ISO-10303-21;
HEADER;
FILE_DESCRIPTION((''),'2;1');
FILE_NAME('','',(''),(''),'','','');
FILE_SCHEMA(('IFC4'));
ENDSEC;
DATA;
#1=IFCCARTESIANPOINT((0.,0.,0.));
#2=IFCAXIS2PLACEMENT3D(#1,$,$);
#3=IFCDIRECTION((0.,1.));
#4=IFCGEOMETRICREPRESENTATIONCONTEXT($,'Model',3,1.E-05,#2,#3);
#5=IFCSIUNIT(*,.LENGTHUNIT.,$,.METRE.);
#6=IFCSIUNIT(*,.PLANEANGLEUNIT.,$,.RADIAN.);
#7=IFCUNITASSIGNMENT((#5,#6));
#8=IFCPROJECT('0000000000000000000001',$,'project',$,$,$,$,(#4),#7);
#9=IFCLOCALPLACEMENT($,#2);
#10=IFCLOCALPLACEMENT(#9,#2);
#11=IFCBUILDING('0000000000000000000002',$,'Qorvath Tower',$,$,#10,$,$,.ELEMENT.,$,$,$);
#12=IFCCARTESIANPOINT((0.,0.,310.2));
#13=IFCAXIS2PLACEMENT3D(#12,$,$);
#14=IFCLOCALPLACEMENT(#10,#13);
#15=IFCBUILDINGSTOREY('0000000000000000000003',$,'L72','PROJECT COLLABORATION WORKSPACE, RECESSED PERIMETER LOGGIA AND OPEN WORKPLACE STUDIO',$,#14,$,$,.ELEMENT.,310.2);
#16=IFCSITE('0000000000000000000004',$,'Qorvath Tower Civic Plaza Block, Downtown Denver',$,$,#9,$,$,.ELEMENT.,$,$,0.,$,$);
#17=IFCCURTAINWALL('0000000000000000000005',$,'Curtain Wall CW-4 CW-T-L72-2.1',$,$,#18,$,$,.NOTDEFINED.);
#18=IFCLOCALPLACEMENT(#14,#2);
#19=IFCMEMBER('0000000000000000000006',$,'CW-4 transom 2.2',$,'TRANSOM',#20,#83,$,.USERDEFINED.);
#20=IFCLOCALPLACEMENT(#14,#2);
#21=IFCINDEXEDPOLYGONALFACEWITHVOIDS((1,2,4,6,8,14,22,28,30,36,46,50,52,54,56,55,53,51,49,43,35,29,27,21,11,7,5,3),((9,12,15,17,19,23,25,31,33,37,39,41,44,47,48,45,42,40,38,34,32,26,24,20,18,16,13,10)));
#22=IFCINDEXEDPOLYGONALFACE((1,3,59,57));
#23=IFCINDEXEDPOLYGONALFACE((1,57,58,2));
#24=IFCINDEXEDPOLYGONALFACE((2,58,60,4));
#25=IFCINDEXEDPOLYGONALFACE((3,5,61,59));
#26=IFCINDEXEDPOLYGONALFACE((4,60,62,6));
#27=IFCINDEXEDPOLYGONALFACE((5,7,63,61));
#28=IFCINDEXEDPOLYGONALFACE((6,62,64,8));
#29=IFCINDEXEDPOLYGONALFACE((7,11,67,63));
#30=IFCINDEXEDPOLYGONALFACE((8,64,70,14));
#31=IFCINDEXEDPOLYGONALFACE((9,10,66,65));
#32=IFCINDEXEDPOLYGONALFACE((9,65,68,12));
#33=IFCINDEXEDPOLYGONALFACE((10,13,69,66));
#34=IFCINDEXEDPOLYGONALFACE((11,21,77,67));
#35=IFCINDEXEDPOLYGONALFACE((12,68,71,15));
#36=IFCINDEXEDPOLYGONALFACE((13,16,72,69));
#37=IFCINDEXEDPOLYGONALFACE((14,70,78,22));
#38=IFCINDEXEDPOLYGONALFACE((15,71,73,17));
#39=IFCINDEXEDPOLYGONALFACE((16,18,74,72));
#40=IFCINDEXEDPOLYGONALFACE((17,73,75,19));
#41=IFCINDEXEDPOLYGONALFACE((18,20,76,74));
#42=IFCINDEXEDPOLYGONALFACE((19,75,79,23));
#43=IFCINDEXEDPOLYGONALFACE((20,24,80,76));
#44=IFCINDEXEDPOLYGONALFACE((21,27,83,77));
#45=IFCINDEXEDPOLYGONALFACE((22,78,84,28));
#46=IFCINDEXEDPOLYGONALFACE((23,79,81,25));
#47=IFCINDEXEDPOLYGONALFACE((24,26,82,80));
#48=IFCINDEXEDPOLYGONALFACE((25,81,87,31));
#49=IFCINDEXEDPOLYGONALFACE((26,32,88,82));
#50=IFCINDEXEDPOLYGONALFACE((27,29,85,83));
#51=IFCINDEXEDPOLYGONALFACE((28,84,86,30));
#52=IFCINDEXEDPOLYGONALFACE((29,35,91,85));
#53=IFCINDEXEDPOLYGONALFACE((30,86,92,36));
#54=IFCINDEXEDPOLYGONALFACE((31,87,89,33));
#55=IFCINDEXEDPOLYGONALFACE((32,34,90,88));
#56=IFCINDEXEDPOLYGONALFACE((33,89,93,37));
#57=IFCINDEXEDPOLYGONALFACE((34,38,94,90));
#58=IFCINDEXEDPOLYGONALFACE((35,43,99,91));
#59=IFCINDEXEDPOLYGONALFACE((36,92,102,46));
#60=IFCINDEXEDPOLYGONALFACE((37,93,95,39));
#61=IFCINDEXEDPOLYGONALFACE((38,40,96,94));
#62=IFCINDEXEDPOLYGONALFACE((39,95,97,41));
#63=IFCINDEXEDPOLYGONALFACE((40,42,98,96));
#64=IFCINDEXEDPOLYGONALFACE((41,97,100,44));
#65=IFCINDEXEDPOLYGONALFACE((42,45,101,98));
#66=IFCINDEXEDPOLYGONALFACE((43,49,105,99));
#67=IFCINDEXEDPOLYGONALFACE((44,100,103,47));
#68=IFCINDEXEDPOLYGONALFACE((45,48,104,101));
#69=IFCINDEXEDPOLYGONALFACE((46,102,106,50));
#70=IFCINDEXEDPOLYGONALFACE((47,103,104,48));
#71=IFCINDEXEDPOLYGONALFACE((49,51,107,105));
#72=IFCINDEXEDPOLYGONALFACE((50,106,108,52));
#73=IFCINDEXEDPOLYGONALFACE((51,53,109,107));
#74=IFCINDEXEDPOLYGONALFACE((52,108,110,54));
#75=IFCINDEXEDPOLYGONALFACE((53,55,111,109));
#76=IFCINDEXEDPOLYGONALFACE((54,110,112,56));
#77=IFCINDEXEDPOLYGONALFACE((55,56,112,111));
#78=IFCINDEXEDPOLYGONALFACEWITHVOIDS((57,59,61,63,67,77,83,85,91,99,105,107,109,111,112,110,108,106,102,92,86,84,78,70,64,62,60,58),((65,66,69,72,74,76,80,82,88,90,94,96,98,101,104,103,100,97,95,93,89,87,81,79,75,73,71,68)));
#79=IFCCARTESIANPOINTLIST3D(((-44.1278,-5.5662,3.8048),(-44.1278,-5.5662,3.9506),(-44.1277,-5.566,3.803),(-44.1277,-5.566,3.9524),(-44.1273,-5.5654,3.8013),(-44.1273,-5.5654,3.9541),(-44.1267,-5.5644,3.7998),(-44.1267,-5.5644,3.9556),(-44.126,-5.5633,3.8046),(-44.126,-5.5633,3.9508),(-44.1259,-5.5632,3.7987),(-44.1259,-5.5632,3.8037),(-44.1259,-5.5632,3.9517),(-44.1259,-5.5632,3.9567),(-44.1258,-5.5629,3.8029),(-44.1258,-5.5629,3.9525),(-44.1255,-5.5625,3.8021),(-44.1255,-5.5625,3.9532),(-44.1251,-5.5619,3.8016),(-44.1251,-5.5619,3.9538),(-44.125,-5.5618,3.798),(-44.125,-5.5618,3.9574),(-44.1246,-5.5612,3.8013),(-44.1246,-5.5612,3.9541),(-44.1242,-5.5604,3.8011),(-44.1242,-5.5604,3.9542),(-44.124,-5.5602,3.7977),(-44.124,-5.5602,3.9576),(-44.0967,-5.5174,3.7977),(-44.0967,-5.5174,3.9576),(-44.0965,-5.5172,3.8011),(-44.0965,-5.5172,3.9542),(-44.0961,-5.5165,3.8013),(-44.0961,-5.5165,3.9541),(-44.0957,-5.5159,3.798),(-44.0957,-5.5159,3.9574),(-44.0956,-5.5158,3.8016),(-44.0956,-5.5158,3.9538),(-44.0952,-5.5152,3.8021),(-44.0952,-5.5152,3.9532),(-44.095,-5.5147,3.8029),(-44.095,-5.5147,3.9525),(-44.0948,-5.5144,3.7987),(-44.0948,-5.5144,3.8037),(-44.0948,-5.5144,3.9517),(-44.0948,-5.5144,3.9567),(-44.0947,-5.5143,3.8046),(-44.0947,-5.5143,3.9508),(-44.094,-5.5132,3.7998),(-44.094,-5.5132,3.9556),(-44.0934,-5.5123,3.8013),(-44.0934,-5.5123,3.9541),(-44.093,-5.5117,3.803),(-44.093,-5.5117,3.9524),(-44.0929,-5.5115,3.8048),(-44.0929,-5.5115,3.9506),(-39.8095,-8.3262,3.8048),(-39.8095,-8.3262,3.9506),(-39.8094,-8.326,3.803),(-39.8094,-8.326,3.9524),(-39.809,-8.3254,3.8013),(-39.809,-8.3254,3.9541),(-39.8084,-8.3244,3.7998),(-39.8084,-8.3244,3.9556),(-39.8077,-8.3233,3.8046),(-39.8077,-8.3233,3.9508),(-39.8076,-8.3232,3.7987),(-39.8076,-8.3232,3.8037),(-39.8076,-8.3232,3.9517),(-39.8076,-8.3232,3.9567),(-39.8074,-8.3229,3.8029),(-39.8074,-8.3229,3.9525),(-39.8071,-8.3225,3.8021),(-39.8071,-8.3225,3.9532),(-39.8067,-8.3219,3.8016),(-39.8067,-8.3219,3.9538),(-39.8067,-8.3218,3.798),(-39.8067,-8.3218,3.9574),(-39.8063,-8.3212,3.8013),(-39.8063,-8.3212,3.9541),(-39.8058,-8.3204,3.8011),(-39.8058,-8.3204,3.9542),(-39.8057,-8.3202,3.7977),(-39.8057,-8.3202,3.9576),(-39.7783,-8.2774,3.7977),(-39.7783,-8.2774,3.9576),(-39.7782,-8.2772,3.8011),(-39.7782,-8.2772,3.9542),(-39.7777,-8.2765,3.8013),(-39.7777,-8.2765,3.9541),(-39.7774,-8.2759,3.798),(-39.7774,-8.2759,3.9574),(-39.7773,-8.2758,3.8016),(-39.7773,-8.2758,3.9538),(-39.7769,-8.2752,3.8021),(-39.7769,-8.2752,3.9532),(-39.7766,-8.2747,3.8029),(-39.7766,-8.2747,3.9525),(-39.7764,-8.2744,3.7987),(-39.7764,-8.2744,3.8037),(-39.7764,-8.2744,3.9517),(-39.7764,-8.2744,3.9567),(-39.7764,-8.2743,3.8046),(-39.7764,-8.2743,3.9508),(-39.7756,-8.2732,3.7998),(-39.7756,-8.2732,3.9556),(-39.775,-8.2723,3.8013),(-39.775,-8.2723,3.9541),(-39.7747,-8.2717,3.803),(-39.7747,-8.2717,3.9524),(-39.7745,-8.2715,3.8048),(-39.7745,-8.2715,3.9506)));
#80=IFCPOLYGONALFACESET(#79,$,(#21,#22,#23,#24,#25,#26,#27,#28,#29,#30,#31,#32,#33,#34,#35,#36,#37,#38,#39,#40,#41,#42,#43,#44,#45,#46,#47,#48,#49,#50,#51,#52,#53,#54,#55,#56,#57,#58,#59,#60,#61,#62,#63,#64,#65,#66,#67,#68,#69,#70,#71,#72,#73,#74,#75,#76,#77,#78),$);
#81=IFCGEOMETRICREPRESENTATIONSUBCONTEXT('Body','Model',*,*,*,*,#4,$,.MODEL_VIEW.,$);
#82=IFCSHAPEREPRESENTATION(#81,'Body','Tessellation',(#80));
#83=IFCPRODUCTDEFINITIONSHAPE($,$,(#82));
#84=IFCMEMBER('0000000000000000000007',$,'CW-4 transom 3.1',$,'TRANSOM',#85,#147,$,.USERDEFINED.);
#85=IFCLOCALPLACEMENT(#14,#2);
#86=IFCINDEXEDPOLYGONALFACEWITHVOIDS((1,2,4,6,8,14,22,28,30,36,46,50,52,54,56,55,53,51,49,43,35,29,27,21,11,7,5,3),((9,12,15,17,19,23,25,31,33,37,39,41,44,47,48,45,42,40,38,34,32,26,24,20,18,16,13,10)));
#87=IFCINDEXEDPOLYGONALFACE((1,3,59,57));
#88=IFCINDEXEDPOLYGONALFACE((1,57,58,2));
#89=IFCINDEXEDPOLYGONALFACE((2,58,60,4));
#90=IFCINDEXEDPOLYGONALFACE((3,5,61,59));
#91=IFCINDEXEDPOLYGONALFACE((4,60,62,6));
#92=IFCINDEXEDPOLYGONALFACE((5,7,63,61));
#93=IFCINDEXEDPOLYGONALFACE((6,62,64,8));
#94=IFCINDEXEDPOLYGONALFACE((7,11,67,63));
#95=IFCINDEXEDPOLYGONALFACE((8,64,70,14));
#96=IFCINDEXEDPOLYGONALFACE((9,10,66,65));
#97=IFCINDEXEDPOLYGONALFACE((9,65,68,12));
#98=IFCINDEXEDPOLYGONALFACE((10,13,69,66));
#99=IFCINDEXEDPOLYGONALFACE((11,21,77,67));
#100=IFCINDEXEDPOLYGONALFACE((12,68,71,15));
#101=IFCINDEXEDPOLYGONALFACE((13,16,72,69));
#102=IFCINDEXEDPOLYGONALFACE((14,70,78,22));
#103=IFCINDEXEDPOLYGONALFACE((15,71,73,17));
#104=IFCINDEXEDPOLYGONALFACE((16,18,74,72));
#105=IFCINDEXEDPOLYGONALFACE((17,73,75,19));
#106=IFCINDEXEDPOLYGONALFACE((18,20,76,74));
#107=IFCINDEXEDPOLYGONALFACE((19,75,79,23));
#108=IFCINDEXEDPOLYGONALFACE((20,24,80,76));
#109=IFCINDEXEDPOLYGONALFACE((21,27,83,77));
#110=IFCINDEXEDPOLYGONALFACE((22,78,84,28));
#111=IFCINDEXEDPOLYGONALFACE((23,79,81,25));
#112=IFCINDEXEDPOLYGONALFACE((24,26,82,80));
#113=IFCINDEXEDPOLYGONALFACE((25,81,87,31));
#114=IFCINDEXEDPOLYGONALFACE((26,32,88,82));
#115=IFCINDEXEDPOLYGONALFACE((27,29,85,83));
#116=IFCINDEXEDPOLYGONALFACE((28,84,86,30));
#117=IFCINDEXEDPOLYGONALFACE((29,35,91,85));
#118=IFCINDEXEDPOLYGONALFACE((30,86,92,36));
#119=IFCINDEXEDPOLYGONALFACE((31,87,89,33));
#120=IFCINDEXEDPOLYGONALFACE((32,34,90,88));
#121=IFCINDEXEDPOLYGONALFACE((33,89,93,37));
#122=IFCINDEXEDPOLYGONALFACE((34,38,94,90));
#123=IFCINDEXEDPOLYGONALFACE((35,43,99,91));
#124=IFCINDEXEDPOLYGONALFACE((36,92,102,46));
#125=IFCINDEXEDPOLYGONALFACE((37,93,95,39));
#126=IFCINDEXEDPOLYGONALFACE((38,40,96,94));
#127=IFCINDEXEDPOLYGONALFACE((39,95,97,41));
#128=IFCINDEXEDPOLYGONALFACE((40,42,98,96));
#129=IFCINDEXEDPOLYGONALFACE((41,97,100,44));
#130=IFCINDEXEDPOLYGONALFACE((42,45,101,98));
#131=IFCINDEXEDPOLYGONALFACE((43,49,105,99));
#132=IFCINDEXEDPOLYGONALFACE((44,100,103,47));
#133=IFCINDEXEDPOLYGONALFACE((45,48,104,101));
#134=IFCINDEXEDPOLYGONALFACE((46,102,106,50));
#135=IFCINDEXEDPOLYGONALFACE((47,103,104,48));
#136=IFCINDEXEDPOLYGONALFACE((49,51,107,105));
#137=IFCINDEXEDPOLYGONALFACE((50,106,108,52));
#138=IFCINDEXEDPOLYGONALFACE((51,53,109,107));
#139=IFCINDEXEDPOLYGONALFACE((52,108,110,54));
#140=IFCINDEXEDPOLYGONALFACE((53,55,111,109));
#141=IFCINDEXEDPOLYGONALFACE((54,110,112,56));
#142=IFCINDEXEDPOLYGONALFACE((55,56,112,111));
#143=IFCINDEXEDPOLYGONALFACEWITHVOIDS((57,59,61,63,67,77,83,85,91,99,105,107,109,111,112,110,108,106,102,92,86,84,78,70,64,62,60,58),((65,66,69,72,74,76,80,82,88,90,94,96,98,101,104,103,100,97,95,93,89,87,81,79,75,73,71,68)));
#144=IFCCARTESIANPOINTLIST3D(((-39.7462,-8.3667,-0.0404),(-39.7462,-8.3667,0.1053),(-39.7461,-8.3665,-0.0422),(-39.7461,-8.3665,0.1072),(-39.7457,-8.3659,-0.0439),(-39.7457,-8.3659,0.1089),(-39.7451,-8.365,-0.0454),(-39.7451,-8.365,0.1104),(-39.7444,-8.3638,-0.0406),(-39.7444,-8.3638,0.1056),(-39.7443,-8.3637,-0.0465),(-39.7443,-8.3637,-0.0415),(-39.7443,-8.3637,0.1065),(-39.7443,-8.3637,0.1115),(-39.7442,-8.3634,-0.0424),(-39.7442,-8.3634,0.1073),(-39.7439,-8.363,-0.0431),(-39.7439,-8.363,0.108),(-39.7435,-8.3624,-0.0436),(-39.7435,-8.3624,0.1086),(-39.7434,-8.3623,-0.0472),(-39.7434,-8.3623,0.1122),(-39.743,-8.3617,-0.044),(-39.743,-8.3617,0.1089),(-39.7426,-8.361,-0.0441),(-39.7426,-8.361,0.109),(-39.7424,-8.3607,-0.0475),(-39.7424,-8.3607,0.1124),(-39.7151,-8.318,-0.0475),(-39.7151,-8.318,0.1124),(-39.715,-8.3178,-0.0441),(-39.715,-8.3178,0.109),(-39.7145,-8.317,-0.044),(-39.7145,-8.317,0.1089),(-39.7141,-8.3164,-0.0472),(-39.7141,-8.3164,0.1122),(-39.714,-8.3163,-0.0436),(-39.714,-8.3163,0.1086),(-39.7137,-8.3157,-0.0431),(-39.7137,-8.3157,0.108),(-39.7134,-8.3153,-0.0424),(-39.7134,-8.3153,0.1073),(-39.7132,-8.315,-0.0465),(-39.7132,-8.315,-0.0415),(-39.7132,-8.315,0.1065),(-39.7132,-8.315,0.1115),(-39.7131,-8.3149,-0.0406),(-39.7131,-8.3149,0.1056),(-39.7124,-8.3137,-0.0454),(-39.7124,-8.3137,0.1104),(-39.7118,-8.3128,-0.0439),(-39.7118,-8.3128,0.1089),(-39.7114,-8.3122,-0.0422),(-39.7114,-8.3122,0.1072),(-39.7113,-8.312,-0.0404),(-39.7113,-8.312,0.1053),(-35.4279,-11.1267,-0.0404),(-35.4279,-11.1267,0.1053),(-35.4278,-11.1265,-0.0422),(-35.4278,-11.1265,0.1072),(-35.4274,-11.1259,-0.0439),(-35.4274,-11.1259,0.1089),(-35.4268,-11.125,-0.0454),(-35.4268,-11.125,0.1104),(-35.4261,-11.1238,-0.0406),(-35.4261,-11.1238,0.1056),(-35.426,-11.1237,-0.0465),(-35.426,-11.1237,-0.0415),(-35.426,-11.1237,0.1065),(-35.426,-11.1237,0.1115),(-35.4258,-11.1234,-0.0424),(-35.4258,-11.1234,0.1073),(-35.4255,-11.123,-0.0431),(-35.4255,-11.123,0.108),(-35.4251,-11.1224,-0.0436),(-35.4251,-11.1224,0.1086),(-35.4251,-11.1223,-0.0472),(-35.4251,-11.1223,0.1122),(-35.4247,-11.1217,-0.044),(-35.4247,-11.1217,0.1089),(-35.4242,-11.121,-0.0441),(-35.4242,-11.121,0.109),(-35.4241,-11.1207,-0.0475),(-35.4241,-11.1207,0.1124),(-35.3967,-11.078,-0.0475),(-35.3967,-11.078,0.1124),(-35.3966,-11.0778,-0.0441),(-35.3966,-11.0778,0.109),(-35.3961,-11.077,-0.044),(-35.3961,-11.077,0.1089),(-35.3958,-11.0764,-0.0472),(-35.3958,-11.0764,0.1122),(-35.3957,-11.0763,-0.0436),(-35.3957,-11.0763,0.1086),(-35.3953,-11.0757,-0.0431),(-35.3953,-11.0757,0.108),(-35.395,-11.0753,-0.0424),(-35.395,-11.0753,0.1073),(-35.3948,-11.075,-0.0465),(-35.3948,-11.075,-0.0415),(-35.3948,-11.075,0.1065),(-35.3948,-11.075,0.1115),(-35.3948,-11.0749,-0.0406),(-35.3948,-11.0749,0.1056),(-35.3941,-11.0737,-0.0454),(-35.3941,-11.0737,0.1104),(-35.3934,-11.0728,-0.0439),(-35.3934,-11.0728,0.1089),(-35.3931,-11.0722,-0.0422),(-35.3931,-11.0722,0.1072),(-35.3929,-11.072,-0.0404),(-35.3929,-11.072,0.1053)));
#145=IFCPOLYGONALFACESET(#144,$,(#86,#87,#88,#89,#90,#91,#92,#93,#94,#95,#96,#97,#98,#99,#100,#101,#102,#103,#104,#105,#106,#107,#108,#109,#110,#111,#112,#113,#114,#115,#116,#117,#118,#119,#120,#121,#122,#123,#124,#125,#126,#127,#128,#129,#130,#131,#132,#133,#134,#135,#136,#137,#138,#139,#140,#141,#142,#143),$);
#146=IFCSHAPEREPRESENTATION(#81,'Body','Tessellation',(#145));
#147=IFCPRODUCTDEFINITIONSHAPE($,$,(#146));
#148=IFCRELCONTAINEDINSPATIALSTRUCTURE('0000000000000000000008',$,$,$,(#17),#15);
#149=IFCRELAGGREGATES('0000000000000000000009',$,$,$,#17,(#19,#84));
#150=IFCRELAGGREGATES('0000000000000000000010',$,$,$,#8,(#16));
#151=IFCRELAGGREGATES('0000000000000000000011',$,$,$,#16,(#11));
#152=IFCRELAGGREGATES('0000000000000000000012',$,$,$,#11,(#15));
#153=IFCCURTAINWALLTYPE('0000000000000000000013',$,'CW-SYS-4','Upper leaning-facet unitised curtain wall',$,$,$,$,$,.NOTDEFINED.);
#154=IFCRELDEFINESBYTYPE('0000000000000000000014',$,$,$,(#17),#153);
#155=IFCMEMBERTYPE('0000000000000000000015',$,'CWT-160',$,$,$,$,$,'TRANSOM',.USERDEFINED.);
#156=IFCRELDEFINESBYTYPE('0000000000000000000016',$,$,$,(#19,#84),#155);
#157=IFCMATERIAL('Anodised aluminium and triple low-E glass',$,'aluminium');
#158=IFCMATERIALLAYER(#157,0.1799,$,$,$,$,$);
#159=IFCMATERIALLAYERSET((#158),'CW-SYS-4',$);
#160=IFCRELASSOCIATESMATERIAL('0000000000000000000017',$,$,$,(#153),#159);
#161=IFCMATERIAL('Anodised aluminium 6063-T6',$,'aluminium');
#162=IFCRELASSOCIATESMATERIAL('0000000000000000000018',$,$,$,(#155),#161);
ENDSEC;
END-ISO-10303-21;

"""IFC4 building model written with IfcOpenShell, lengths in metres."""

from ifc_helpers import new_model, si_unit, direction, frame, origin, origin_2d, place, context, subcontext, project, spatial, hollow_rectangle, extrude, material, layer, layer_set, material_profile, profile_set, type_object, element, aggregate, save


model = new_model("IFC4")

# Units and contexts
model_context = context("Model", 3, precision=1e-05, world=origin(), true_north=direction((0.0, 1.0)))
body_context = subcontext(model_context, "Body", "Model", "MODEL_VIEW")
ifc_project = project(units=[si_unit("LENGTHUNIT", "METRE"), si_unit("PLANEANGLEUNIT", "RADIAN")], contexts=[model_context])

# Site, building, storey
site_placement = place(None, origin())
site = spatial("IfcSite", under=ifc_project, at=site_placement, Name="Qorvath Tower Civic Plaza Block, Downtown Denver", CompositionType="ELEMENT", RefElevation=0.0)
building_placement = place(site_placement, origin())
building = spatial("IfcBuilding", under=site, at=building_placement, Name="Qorvath Tower", CompositionType="ELEMENT")
storey_placement = place(building_placement, frame((0.0, 0.0, 310.2)))
storey = spatial("IfcBuildingStorey", under=building, at=storey_placement, Name="L72", Description="PROJECT COLLABORATION WORKSPACE, RECESSED PERIMETER LOGGIA AND OPEN WORKPLACE STUDIO", CompositionType="ELEMENT", Elevation=310.2)

# Curtain wall, members
ifc_material_1 = material(Name="Anodised aluminium and triple low-E glass", Category="aluminium")
ifc_layer_1 = layer(ifc_material_1, 0.1799)
ifc_layer_set_1 = layer_set([ifc_layer_1], Name="CW-SYS-4")
curtain_wall_type = type_object("IfcCurtainWallType", Name="CW-SYS-4", Description="Upper leaning-facet unitised curtain wall", PredefinedType="NOTDEFINED", material=ifc_layer_set_1)
curtain_wall_placement = place(storey_placement, origin())
curtain_wall = element("IfcCurtainWall", 1, at=curtain_wall_placement, inside=storey, type_object=curtain_wall_type, Name="Curtain Wall CW-4 CW-T-L72-2.1", PredefinedType="NOTDEFINED")
ifc_material_2 = material(Name="Anodised aluminium 6063-T6", Category="aluminium")
ifc_material_profile_1 = material_profile(ifc_material_2, hollow_rectangle(XDim=0.0649, YDim=0.1599, WallThickness=0.0034, InnerFilletRadius=0.0034, OuterFilletRadius=0.0071, at=origin_2d()), Name="CWT 160x65")
ifc_profile_set_1 = profile_set([ifc_material_profile_1], Name="Anodised aluminium 6063-T6")
member_type_1 = type_object("IfcMemberType", Name="CWT-160", ElementType="TRANSOM", PredefinedType="USERDEFINED", material=ifc_profile_set_1)
member_1_placement = place(storey_placement, frame((-44.1104, -5.5388, 3.8777), z_axis=(0.842603, -0.538536, 0.0), x_axis=(0.538536, 0.842603, 0.0)))
member_1 = element("IfcMember", 2, at=member_1_placement, type_object=member_type_1, Name="CW-4 transom 2.2", ObjectType="TRANSOM", PredefinedType="USERDEFINED", context=body_context, shape_type="SweptSolid", body=[
    extrude(hollow_rectangle(XDim=0.0649, YDim=0.1599, WallThickness=0.0034, InnerFilletRadius=0.0034, OuterFilletRadius=0.0071, at=origin_2d()), origin(), (0.0, 0.0, 1.0), 5.125),
])
member_2_placement = place(storey_placement, frame((-39.7288, -8.3394, 0.0325), z_axis=(0.842603, -0.538536, 0.0), x_axis=(0.538536, 0.842603, 0.0)))
member_2 = element("IfcMember", 3, at=member_2_placement, type_object=member_type_1, Name="CW-4 transom 3.1", ObjectType="TRANSOM", PredefinedType="USERDEFINED", context=body_context, shape_type="SweptSolid", body=[
    extrude(hollow_rectangle(XDim=0.0649, YDim=0.1599, WallThickness=0.0034, InnerFilletRadius=0.0034, OuterFilletRadius=0.0071, at=origin_2d()), origin(), (0.0, 0.0, 1.0), 5.125),
])
aggregate(curtain_wall, [member_1, member_2])

save(model, "model.ifc")
